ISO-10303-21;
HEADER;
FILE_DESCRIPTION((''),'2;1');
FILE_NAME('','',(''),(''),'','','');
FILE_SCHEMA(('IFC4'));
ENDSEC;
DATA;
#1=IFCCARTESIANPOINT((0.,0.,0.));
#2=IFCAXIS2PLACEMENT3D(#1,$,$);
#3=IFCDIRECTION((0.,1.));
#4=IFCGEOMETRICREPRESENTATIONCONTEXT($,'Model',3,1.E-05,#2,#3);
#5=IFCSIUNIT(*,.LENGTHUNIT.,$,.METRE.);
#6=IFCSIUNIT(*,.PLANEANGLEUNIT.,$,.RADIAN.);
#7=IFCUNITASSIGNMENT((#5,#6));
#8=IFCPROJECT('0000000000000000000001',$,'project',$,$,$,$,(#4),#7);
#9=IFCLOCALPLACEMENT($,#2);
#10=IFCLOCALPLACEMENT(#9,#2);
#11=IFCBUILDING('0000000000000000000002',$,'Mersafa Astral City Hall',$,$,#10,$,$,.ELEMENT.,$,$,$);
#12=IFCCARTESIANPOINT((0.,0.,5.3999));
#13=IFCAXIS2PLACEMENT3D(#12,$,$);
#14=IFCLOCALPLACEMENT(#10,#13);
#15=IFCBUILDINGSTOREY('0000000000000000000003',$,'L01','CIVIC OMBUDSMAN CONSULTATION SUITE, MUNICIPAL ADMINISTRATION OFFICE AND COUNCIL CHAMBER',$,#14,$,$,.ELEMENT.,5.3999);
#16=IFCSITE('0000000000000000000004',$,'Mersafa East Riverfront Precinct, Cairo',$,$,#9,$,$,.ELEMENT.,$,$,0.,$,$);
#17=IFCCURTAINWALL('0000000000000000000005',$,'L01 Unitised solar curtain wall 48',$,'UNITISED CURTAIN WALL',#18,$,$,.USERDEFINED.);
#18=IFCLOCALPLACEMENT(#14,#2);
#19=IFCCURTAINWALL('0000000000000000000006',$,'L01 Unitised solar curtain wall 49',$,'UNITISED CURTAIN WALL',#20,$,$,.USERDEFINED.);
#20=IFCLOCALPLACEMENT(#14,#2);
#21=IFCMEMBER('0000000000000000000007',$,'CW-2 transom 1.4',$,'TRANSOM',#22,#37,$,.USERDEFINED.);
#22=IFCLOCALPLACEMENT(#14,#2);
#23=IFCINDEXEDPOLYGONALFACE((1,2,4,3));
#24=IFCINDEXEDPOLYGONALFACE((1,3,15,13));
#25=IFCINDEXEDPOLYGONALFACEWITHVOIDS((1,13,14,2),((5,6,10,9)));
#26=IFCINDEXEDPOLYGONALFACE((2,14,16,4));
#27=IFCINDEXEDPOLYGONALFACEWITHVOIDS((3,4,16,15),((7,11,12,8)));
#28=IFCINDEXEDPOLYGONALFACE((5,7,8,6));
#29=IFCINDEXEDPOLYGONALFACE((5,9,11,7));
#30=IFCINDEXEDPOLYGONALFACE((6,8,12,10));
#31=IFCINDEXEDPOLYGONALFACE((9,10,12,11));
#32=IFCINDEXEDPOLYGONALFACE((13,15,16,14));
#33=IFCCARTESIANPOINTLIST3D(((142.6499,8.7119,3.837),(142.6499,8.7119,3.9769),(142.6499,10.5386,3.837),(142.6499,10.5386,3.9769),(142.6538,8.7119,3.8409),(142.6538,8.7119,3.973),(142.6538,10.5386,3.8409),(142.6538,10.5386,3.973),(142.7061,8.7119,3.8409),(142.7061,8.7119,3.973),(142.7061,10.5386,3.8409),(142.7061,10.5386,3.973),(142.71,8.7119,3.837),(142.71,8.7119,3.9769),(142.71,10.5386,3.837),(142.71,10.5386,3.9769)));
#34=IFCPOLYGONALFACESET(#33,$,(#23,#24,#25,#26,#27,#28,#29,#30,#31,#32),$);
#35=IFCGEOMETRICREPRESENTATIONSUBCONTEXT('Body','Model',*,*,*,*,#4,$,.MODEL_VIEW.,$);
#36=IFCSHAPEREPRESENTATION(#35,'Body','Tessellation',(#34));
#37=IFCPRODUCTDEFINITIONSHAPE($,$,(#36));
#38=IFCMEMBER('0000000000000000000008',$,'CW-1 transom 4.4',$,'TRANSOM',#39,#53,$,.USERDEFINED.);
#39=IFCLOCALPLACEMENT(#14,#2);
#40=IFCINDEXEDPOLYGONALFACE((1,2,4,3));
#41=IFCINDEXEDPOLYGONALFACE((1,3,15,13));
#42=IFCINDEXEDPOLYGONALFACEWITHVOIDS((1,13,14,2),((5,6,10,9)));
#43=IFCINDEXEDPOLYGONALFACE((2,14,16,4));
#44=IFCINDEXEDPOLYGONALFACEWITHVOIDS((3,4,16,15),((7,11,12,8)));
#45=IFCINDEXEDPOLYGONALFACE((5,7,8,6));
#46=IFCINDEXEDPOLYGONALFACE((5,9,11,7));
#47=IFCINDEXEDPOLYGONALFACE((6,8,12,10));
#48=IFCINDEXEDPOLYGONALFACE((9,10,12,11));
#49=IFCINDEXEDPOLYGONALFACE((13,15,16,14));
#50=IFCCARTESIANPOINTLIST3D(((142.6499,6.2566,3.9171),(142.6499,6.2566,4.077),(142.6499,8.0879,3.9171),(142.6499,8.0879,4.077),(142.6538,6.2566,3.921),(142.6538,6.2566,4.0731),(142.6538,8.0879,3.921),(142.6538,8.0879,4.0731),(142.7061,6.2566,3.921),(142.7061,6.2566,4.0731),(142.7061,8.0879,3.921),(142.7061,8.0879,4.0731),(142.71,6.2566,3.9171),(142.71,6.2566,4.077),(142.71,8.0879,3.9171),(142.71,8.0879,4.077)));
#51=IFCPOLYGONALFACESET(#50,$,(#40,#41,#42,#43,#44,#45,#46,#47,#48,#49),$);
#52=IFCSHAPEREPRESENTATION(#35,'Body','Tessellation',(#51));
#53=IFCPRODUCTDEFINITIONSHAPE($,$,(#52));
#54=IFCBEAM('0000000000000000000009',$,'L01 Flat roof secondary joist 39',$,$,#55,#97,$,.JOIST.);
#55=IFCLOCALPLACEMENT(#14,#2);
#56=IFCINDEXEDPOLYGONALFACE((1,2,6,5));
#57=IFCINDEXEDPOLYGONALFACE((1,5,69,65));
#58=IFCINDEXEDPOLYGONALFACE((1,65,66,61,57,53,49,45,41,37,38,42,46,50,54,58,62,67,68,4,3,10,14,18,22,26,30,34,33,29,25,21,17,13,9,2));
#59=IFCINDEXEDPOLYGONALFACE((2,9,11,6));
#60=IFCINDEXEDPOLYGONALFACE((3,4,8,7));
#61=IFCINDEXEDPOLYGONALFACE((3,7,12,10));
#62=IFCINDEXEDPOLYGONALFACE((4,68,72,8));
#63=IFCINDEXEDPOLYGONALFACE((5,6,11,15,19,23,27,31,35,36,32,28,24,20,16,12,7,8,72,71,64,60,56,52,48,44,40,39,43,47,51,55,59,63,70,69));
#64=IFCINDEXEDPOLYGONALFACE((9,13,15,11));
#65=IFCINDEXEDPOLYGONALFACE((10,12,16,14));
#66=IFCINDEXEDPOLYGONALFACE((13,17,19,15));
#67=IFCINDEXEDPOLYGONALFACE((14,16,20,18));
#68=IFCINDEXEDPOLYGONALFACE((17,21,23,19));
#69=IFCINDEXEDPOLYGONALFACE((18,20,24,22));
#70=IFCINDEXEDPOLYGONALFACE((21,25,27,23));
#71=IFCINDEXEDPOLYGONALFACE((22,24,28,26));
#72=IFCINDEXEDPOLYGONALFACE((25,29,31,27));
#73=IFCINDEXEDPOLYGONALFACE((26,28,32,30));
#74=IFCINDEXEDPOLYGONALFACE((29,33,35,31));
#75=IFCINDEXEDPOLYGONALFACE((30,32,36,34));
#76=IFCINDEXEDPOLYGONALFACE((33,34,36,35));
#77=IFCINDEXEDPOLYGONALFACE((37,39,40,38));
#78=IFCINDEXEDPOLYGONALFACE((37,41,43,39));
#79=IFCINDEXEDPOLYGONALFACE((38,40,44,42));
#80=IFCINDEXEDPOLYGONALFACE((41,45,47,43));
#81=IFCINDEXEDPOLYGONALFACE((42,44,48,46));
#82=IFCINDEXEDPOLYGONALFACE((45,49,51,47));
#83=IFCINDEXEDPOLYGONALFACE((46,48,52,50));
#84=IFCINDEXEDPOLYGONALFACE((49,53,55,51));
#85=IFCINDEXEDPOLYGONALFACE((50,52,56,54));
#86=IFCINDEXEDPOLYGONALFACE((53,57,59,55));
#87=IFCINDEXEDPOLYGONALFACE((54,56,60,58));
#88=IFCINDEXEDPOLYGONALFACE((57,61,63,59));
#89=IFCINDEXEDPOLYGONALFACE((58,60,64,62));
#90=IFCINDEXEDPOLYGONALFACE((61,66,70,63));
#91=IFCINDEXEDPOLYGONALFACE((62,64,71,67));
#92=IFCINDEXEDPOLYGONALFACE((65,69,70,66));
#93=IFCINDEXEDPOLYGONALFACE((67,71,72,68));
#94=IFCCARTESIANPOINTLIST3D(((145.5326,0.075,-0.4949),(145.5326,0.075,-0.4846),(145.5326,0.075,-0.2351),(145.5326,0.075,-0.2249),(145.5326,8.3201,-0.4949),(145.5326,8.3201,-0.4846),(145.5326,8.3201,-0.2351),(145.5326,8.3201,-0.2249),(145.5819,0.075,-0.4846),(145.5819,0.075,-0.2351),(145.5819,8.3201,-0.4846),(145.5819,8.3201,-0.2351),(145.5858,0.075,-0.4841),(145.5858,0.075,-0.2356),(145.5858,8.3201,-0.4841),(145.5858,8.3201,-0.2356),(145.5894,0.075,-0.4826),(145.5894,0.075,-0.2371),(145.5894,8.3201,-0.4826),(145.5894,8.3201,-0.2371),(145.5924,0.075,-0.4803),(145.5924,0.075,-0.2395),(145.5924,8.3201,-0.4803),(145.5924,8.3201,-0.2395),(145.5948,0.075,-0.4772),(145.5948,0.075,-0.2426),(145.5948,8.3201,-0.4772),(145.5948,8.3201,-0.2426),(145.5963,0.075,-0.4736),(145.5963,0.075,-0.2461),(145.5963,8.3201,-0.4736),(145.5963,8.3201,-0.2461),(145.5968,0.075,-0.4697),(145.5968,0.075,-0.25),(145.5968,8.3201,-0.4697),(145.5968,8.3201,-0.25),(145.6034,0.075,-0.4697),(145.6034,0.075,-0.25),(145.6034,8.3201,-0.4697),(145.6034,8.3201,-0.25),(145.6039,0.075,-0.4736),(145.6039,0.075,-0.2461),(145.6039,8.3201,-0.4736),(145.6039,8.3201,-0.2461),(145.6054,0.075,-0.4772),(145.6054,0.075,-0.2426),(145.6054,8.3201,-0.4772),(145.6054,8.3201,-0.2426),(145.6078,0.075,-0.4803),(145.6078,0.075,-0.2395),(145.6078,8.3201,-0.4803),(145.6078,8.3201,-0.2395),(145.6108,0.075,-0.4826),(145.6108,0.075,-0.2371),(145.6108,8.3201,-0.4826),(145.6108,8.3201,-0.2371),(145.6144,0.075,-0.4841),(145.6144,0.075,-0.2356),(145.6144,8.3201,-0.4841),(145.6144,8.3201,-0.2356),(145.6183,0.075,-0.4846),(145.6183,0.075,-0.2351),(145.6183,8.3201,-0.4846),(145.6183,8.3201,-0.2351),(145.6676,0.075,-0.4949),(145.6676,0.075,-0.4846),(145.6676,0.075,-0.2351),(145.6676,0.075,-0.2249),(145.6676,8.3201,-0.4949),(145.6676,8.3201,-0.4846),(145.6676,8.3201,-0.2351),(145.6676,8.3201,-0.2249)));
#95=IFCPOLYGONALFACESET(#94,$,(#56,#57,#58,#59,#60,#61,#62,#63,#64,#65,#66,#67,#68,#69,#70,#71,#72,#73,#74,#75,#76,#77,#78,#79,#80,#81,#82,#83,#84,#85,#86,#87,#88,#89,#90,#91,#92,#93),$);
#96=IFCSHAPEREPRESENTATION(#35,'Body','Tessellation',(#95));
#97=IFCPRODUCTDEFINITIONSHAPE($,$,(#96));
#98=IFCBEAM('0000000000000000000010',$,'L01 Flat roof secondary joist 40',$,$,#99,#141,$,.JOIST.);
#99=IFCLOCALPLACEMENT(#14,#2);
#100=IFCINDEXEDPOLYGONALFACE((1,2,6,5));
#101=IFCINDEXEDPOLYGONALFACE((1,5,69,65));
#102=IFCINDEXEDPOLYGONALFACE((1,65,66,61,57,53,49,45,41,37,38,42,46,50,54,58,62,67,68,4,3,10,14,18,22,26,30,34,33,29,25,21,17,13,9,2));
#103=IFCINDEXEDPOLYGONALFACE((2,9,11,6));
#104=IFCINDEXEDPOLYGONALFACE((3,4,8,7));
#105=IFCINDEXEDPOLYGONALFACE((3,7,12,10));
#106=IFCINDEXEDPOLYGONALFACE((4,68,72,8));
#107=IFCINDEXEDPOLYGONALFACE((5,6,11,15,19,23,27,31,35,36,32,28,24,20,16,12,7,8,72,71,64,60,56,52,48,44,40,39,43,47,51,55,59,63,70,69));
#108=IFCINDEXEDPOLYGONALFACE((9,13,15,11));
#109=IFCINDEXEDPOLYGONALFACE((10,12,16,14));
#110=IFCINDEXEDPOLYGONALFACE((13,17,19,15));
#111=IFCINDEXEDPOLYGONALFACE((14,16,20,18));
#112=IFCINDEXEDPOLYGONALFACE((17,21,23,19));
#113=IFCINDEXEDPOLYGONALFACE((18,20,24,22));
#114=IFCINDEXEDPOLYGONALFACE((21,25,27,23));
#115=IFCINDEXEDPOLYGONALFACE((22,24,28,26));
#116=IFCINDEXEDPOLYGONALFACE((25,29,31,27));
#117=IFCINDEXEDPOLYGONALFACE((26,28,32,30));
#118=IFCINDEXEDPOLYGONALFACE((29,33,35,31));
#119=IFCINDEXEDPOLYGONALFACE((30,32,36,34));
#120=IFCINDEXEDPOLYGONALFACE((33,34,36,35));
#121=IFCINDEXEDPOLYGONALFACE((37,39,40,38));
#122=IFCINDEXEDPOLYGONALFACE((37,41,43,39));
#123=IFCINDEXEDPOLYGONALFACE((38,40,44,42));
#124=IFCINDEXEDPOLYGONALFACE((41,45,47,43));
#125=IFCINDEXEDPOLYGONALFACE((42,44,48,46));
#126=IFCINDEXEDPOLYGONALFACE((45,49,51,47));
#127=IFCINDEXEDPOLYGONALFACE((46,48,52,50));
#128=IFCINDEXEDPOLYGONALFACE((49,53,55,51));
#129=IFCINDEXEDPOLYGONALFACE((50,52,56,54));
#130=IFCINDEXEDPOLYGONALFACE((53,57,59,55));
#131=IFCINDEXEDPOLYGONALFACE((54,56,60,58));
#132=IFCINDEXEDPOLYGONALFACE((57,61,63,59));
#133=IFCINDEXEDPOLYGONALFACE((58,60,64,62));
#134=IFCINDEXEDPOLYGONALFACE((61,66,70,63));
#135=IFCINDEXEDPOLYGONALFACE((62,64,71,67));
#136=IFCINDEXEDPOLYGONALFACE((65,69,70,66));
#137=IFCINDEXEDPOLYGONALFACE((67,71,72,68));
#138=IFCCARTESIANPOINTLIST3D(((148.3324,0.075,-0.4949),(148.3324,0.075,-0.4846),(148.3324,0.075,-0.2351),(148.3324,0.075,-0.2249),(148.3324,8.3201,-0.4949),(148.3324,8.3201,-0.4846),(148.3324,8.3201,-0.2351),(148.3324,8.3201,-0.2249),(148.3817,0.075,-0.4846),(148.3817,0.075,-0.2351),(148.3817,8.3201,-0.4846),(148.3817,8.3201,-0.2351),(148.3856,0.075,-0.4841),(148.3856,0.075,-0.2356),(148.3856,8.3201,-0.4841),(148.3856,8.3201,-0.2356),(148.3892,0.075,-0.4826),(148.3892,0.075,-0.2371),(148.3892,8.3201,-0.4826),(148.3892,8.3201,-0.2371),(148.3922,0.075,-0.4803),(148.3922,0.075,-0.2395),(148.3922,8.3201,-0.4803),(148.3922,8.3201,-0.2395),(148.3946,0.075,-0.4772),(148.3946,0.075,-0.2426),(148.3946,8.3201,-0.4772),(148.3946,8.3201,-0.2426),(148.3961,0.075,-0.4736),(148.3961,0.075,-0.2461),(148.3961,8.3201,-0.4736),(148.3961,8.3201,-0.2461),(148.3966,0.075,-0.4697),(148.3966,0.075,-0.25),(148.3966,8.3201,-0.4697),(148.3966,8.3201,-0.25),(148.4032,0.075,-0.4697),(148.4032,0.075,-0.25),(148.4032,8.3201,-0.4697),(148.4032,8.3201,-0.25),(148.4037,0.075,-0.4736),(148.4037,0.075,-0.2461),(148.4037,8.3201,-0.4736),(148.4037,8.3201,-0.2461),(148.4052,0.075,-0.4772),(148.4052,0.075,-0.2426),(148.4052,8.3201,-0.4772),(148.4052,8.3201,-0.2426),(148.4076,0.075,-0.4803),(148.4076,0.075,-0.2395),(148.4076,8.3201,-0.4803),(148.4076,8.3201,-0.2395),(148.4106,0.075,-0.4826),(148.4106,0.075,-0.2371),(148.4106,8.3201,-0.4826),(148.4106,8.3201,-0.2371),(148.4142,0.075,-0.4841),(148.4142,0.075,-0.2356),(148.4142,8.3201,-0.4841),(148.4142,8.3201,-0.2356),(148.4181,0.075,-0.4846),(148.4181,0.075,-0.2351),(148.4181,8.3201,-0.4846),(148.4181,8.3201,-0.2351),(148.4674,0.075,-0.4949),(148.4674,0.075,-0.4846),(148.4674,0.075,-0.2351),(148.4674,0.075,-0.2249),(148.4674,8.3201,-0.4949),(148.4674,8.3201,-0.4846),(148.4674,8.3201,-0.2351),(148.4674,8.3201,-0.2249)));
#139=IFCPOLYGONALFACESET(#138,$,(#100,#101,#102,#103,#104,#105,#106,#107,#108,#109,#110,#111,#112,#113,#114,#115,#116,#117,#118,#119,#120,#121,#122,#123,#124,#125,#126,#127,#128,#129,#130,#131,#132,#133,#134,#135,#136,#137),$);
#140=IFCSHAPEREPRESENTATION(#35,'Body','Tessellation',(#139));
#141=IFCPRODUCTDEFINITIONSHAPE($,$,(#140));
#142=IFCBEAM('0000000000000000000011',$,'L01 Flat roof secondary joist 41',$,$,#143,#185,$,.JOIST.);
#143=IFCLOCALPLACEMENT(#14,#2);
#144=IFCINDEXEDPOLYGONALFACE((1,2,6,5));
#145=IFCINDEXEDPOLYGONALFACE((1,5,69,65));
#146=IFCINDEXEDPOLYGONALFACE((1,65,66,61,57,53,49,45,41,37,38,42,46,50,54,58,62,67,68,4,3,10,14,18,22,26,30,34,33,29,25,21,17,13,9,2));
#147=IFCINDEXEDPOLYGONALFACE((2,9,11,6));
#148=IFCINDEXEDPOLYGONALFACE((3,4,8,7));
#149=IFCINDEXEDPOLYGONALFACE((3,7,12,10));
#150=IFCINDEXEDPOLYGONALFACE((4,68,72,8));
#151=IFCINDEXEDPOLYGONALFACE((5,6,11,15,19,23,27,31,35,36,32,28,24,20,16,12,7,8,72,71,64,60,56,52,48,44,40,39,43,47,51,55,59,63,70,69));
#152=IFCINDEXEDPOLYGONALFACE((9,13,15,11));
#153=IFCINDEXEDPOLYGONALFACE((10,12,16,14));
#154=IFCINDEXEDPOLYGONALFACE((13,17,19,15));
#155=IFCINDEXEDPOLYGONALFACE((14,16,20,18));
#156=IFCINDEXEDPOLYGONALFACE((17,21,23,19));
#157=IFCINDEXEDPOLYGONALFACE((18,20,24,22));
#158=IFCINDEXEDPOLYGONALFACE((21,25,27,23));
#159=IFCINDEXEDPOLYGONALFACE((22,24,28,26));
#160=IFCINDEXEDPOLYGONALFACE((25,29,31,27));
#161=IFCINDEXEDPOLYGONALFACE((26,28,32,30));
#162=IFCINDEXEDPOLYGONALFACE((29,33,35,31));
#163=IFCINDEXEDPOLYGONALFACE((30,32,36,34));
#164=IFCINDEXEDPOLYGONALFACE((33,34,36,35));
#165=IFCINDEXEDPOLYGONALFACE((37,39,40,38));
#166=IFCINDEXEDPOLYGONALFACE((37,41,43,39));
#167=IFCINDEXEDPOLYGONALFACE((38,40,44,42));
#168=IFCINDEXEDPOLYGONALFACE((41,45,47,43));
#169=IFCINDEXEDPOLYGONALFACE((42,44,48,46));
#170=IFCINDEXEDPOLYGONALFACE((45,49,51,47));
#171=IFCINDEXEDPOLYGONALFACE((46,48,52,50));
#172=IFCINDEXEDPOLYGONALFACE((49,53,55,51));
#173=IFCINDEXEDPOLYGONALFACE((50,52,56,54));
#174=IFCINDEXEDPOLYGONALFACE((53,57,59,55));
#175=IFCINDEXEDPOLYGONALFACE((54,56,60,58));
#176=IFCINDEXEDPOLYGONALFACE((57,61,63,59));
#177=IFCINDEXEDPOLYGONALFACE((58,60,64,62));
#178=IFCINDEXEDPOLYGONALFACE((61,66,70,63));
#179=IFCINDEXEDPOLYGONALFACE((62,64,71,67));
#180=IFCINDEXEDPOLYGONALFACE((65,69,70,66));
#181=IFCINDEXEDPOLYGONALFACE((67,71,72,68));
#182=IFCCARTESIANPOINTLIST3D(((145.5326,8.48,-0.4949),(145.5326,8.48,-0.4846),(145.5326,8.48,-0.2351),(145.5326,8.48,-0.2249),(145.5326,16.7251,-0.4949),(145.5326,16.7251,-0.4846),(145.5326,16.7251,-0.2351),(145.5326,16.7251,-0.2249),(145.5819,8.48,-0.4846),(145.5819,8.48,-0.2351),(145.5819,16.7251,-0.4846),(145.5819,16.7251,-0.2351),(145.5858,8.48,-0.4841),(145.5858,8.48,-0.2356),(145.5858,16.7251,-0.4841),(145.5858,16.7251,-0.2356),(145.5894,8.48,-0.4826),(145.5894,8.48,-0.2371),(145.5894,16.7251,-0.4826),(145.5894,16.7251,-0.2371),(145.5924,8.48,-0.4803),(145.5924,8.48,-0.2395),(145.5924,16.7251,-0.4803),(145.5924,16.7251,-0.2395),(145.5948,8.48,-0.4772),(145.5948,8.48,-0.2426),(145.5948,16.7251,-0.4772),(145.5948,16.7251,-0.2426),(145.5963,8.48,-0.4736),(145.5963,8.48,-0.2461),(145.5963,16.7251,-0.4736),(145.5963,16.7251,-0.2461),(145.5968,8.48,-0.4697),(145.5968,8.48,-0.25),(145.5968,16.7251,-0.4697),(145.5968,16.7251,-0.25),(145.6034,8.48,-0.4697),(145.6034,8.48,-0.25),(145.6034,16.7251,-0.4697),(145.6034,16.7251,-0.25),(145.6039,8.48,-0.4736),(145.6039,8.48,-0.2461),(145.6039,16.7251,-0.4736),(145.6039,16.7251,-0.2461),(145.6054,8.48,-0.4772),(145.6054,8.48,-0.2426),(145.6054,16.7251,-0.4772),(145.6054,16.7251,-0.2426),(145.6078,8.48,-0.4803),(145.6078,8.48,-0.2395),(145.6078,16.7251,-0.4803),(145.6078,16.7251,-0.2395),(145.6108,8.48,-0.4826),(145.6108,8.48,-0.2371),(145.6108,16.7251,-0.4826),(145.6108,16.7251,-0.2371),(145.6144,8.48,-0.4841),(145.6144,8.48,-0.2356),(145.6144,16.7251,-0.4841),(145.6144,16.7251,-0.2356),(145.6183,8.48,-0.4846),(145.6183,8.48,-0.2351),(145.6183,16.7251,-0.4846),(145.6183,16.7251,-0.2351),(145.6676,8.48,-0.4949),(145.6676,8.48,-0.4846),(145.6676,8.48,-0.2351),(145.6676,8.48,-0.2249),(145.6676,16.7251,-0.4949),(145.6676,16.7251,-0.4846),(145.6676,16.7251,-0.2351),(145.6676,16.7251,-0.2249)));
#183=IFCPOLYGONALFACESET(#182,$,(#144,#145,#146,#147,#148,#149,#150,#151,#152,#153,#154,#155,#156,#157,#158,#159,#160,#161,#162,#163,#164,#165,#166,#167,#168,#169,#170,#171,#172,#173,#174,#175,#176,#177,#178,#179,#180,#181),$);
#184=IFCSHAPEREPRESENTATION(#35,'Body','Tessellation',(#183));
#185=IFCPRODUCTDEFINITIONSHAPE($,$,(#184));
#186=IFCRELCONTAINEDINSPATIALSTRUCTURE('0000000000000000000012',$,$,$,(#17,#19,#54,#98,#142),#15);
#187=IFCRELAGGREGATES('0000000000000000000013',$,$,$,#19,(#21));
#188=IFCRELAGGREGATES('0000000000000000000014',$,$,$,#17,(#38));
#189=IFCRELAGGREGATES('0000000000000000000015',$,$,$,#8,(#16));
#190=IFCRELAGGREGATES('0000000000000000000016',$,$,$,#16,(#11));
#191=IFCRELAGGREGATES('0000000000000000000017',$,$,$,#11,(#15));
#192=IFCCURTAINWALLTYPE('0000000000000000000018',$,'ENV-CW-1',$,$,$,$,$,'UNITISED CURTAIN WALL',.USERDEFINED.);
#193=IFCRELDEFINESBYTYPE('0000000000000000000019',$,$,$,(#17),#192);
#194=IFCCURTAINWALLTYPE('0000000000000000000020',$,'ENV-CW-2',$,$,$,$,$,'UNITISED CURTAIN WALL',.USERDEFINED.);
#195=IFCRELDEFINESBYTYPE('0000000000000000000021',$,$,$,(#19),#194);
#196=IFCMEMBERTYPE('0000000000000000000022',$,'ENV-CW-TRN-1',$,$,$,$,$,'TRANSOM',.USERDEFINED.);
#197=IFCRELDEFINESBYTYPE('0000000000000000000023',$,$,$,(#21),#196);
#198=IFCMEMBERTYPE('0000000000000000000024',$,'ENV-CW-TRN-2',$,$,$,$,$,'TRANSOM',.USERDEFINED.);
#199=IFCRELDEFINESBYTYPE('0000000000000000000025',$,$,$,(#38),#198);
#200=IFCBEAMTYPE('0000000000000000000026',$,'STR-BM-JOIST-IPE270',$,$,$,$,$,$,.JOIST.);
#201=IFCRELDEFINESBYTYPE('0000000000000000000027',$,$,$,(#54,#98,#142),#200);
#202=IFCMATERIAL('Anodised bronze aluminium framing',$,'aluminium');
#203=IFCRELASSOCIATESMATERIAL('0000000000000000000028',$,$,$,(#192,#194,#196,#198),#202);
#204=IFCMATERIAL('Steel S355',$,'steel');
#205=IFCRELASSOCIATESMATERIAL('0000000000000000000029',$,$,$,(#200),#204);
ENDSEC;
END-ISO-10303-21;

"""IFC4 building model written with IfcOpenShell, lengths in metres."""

from ifc_helpers import new_model, si_unit, direction, frame, origin, origin_2d, place, context, subcontext, project, spatial, hollow_rectangle, i_section, extrude, material, material_profile, profile_set, type_object, element, aggregate, save


model = new_model("IFC4")

# Units and contexts
model_context = context("Model", 3, precision=1e-05, world=origin(), true_north=direction((0.0, 1.0)))
body_context = subcontext(model_context, "Body", "Model", "MODEL_VIEW")
ifc_project = project(units=[si_unit("LENGTHUNIT", "METRE"), si_unit("PLANEANGLEUNIT", "RADIAN")], contexts=[model_context])

# Site, building, storey
site_placement = place(None, origin())
site = spatial("IfcSite", under=ifc_project, at=site_placement, Name="Mersafa East Riverfront Precinct, Cairo", CompositionType="ELEMENT", RefElevation=0.0)
building_placement = place(site_placement, origin())
building = spatial("IfcBuilding", under=site, at=building_placement, Name="Mersafa Astral City Hall", CompositionType="ELEMENT")
storey_placement = place(building_placement, frame((0.0, 0.0, 5.3999)))
storey = spatial("IfcBuildingStorey", under=building, at=storey_placement, Name="L01", Description="CIVIC OMBUDSMAN CONSULTATION SUITE, MUNICIPAL ADMINISTRATION OFFICE AND COUNCIL CHAMBER", CompositionType="ELEMENT", Elevation=5.3999)

# Shared definitions
ifc_material_1 = material(Name="Steel S355", Category="steel")

# Curtain wall
ifc_material_2 = material(Name="Anodised bronze aluminium framing", Category="aluminium")
curtain_wall_type_1 = type_object("IfcCurtainWallType", Name="ENV-CW-1", ElementType="UNITISED CURTAIN WALL", PredefinedType="USERDEFINED", material=ifc_material_2)
curtain_wall_1_placement = place(storey_placement, origin())
curtain_wall_1 = element("IfcCurtainWall", 1, at=curtain_wall_1_placement, inside=storey, type_object=curtain_wall_type_1, Name="L01 Unitised solar curtain wall 48", ObjectType="UNITISED CURTAIN WALL", PredefinedType="USERDEFINED")

# Curtain wall, member
curtain_wall_type_2 = type_object("IfcCurtainWallType", Name="ENV-CW-2", ElementType="UNITISED CURTAIN WALL", PredefinedType="USERDEFINED", material=ifc_material_2)
curtain_wall_2_placement = place(storey_placement, origin())
curtain_wall_2 = element("IfcCurtainWall", 2, at=curtain_wall_2_placement, inside=storey, type_object=curtain_wall_type_2, Name="L01 Unitised solar curtain wall 49", ObjectType="UNITISED CURTAIN WALL", PredefinedType="USERDEFINED")
ifc_material_profile_1 = material_profile(ifc_material_2, hollow_rectangle(XDim=0.0601, YDim=0.1399, WallThickness=0.0039, at=origin_2d()), Name="RHS 60x140x4")
ifc_profile_set_1 = profile_set([ifc_material_profile_1], Name="Anodised bronze aluminium framing")
member_type_1 = type_object("IfcMemberType", Name="ENV-CW-TRN-1", ElementType="TRANSOM", PredefinedType="USERDEFINED", material=ifc_profile_set_1)
member_1_placement = place(storey_placement, frame((142.6799, 8.7119, 3.907), z_axis=(0.0, 1.0, 0.0), x_axis=(-1.0, 0.0, 0.0)))
member_1 = element("IfcMember", 3, at=member_1_placement, type_object=member_type_1, Name="CW-2 transom 1.4", ObjectType="TRANSOM", PredefinedType="USERDEFINED", context=body_context, shape_type="SweptSolid", body=[
    extrude(hollow_rectangle(XDim=0.0601, YDim=0.1399, WallThickness=0.0039, at=origin_2d()), origin(), (0.0, 0.0, 1.0), 1.8267),
])
aggregate(curtain_wall_2, [member_1])

# Member
ifc_material_profile_2 = material_profile(ifc_material_2, hollow_rectangle(XDim=0.0601, YDim=0.1599, WallThickness=0.0039, at=origin_2d()), Name="RHS 60x160x4")
ifc_profile_set_2 = profile_set([ifc_material_profile_2], Name="Anodised bronze aluminium framing")
member_type_2 = type_object("IfcMemberType", Name="ENV-CW-TRN-2", ElementType="TRANSOM", PredefinedType="USERDEFINED", material=ifc_profile_set_2)
member_2_placement = place(storey_placement, frame((142.6799, 6.2566, 3.9971), z_axis=(0.0, 1.0, 0.0), x_axis=(-1.0, 0.0, 0.0)))
member_2 = element("IfcMember", 4, at=member_2_placement, type_object=member_type_2, Name="CW-1 transom 4.4", ObjectType="TRANSOM", PredefinedType="USERDEFINED", context=body_context, shape_type="SweptSolid", body=[
    extrude(hollow_rectangle(XDim=0.0601, YDim=0.1599, WallThickness=0.0039, at=origin_2d()), origin(), (0.0, 0.0, 1.0), 1.8313),
])

# Beams
ifc_material_profile_3 = material_profile(ifc_material_1, i_section(OverallWidth=0.135, OverallDepth=0.27, WebThickness=0.0066, FlangeThickness=0.0103, FilletRadius=0.0149, at=origin_2d()), Name="IPE 270")
ifc_profile_set_3 = profile_set([ifc_material_profile_3], Name="Steel S355")
beam_type_1 = type_object("IfcBeamType", Name="STR-BM-JOIST-IPE270", PredefinedType="JOIST", material=ifc_profile_set_3)
for number, where, z_axis, x_axis, name in (
    (5, (145.6001, 0.075, -0.3599), (0.0, 1.0, 0.0), (-1.0, 0.0, 0.0), "L01 Flat roof secondary joist 39"),
    (6, (148.3999, 0.075, -0.3599), (0.0, 1.0, 0.0), (-1.0, 0.0, 0.0), "L01 Flat roof secondary joist 40"),
    (7, (145.6001, 8.48, -0.3599), (0.0, 1.0, 0.0), (-1.0, 0.0, 0.0), "L01 Flat roof secondary joist 41"),
):
    element("IfcBeam", number, at=place(storey_placement, frame(where, z_axis=z_axis, x_axis=x_axis)), inside=storey, type_object=beam_type_1, Name=name, PredefinedType="JOIST", context=body_context, shape_type="SweptSolid", body=[
        extrude(i_section(OverallWidth=0.135, OverallDepth=0.27, WebThickness=0.0066, FlangeThickness=0.0103, FilletRadius=0.0149, at=origin_2d()), origin(), (0.0, 0.0, 1.0), 8.2451),
    ])

aggregate(curtain_wall_1, [member_2])

save(model, "model.ifc")
